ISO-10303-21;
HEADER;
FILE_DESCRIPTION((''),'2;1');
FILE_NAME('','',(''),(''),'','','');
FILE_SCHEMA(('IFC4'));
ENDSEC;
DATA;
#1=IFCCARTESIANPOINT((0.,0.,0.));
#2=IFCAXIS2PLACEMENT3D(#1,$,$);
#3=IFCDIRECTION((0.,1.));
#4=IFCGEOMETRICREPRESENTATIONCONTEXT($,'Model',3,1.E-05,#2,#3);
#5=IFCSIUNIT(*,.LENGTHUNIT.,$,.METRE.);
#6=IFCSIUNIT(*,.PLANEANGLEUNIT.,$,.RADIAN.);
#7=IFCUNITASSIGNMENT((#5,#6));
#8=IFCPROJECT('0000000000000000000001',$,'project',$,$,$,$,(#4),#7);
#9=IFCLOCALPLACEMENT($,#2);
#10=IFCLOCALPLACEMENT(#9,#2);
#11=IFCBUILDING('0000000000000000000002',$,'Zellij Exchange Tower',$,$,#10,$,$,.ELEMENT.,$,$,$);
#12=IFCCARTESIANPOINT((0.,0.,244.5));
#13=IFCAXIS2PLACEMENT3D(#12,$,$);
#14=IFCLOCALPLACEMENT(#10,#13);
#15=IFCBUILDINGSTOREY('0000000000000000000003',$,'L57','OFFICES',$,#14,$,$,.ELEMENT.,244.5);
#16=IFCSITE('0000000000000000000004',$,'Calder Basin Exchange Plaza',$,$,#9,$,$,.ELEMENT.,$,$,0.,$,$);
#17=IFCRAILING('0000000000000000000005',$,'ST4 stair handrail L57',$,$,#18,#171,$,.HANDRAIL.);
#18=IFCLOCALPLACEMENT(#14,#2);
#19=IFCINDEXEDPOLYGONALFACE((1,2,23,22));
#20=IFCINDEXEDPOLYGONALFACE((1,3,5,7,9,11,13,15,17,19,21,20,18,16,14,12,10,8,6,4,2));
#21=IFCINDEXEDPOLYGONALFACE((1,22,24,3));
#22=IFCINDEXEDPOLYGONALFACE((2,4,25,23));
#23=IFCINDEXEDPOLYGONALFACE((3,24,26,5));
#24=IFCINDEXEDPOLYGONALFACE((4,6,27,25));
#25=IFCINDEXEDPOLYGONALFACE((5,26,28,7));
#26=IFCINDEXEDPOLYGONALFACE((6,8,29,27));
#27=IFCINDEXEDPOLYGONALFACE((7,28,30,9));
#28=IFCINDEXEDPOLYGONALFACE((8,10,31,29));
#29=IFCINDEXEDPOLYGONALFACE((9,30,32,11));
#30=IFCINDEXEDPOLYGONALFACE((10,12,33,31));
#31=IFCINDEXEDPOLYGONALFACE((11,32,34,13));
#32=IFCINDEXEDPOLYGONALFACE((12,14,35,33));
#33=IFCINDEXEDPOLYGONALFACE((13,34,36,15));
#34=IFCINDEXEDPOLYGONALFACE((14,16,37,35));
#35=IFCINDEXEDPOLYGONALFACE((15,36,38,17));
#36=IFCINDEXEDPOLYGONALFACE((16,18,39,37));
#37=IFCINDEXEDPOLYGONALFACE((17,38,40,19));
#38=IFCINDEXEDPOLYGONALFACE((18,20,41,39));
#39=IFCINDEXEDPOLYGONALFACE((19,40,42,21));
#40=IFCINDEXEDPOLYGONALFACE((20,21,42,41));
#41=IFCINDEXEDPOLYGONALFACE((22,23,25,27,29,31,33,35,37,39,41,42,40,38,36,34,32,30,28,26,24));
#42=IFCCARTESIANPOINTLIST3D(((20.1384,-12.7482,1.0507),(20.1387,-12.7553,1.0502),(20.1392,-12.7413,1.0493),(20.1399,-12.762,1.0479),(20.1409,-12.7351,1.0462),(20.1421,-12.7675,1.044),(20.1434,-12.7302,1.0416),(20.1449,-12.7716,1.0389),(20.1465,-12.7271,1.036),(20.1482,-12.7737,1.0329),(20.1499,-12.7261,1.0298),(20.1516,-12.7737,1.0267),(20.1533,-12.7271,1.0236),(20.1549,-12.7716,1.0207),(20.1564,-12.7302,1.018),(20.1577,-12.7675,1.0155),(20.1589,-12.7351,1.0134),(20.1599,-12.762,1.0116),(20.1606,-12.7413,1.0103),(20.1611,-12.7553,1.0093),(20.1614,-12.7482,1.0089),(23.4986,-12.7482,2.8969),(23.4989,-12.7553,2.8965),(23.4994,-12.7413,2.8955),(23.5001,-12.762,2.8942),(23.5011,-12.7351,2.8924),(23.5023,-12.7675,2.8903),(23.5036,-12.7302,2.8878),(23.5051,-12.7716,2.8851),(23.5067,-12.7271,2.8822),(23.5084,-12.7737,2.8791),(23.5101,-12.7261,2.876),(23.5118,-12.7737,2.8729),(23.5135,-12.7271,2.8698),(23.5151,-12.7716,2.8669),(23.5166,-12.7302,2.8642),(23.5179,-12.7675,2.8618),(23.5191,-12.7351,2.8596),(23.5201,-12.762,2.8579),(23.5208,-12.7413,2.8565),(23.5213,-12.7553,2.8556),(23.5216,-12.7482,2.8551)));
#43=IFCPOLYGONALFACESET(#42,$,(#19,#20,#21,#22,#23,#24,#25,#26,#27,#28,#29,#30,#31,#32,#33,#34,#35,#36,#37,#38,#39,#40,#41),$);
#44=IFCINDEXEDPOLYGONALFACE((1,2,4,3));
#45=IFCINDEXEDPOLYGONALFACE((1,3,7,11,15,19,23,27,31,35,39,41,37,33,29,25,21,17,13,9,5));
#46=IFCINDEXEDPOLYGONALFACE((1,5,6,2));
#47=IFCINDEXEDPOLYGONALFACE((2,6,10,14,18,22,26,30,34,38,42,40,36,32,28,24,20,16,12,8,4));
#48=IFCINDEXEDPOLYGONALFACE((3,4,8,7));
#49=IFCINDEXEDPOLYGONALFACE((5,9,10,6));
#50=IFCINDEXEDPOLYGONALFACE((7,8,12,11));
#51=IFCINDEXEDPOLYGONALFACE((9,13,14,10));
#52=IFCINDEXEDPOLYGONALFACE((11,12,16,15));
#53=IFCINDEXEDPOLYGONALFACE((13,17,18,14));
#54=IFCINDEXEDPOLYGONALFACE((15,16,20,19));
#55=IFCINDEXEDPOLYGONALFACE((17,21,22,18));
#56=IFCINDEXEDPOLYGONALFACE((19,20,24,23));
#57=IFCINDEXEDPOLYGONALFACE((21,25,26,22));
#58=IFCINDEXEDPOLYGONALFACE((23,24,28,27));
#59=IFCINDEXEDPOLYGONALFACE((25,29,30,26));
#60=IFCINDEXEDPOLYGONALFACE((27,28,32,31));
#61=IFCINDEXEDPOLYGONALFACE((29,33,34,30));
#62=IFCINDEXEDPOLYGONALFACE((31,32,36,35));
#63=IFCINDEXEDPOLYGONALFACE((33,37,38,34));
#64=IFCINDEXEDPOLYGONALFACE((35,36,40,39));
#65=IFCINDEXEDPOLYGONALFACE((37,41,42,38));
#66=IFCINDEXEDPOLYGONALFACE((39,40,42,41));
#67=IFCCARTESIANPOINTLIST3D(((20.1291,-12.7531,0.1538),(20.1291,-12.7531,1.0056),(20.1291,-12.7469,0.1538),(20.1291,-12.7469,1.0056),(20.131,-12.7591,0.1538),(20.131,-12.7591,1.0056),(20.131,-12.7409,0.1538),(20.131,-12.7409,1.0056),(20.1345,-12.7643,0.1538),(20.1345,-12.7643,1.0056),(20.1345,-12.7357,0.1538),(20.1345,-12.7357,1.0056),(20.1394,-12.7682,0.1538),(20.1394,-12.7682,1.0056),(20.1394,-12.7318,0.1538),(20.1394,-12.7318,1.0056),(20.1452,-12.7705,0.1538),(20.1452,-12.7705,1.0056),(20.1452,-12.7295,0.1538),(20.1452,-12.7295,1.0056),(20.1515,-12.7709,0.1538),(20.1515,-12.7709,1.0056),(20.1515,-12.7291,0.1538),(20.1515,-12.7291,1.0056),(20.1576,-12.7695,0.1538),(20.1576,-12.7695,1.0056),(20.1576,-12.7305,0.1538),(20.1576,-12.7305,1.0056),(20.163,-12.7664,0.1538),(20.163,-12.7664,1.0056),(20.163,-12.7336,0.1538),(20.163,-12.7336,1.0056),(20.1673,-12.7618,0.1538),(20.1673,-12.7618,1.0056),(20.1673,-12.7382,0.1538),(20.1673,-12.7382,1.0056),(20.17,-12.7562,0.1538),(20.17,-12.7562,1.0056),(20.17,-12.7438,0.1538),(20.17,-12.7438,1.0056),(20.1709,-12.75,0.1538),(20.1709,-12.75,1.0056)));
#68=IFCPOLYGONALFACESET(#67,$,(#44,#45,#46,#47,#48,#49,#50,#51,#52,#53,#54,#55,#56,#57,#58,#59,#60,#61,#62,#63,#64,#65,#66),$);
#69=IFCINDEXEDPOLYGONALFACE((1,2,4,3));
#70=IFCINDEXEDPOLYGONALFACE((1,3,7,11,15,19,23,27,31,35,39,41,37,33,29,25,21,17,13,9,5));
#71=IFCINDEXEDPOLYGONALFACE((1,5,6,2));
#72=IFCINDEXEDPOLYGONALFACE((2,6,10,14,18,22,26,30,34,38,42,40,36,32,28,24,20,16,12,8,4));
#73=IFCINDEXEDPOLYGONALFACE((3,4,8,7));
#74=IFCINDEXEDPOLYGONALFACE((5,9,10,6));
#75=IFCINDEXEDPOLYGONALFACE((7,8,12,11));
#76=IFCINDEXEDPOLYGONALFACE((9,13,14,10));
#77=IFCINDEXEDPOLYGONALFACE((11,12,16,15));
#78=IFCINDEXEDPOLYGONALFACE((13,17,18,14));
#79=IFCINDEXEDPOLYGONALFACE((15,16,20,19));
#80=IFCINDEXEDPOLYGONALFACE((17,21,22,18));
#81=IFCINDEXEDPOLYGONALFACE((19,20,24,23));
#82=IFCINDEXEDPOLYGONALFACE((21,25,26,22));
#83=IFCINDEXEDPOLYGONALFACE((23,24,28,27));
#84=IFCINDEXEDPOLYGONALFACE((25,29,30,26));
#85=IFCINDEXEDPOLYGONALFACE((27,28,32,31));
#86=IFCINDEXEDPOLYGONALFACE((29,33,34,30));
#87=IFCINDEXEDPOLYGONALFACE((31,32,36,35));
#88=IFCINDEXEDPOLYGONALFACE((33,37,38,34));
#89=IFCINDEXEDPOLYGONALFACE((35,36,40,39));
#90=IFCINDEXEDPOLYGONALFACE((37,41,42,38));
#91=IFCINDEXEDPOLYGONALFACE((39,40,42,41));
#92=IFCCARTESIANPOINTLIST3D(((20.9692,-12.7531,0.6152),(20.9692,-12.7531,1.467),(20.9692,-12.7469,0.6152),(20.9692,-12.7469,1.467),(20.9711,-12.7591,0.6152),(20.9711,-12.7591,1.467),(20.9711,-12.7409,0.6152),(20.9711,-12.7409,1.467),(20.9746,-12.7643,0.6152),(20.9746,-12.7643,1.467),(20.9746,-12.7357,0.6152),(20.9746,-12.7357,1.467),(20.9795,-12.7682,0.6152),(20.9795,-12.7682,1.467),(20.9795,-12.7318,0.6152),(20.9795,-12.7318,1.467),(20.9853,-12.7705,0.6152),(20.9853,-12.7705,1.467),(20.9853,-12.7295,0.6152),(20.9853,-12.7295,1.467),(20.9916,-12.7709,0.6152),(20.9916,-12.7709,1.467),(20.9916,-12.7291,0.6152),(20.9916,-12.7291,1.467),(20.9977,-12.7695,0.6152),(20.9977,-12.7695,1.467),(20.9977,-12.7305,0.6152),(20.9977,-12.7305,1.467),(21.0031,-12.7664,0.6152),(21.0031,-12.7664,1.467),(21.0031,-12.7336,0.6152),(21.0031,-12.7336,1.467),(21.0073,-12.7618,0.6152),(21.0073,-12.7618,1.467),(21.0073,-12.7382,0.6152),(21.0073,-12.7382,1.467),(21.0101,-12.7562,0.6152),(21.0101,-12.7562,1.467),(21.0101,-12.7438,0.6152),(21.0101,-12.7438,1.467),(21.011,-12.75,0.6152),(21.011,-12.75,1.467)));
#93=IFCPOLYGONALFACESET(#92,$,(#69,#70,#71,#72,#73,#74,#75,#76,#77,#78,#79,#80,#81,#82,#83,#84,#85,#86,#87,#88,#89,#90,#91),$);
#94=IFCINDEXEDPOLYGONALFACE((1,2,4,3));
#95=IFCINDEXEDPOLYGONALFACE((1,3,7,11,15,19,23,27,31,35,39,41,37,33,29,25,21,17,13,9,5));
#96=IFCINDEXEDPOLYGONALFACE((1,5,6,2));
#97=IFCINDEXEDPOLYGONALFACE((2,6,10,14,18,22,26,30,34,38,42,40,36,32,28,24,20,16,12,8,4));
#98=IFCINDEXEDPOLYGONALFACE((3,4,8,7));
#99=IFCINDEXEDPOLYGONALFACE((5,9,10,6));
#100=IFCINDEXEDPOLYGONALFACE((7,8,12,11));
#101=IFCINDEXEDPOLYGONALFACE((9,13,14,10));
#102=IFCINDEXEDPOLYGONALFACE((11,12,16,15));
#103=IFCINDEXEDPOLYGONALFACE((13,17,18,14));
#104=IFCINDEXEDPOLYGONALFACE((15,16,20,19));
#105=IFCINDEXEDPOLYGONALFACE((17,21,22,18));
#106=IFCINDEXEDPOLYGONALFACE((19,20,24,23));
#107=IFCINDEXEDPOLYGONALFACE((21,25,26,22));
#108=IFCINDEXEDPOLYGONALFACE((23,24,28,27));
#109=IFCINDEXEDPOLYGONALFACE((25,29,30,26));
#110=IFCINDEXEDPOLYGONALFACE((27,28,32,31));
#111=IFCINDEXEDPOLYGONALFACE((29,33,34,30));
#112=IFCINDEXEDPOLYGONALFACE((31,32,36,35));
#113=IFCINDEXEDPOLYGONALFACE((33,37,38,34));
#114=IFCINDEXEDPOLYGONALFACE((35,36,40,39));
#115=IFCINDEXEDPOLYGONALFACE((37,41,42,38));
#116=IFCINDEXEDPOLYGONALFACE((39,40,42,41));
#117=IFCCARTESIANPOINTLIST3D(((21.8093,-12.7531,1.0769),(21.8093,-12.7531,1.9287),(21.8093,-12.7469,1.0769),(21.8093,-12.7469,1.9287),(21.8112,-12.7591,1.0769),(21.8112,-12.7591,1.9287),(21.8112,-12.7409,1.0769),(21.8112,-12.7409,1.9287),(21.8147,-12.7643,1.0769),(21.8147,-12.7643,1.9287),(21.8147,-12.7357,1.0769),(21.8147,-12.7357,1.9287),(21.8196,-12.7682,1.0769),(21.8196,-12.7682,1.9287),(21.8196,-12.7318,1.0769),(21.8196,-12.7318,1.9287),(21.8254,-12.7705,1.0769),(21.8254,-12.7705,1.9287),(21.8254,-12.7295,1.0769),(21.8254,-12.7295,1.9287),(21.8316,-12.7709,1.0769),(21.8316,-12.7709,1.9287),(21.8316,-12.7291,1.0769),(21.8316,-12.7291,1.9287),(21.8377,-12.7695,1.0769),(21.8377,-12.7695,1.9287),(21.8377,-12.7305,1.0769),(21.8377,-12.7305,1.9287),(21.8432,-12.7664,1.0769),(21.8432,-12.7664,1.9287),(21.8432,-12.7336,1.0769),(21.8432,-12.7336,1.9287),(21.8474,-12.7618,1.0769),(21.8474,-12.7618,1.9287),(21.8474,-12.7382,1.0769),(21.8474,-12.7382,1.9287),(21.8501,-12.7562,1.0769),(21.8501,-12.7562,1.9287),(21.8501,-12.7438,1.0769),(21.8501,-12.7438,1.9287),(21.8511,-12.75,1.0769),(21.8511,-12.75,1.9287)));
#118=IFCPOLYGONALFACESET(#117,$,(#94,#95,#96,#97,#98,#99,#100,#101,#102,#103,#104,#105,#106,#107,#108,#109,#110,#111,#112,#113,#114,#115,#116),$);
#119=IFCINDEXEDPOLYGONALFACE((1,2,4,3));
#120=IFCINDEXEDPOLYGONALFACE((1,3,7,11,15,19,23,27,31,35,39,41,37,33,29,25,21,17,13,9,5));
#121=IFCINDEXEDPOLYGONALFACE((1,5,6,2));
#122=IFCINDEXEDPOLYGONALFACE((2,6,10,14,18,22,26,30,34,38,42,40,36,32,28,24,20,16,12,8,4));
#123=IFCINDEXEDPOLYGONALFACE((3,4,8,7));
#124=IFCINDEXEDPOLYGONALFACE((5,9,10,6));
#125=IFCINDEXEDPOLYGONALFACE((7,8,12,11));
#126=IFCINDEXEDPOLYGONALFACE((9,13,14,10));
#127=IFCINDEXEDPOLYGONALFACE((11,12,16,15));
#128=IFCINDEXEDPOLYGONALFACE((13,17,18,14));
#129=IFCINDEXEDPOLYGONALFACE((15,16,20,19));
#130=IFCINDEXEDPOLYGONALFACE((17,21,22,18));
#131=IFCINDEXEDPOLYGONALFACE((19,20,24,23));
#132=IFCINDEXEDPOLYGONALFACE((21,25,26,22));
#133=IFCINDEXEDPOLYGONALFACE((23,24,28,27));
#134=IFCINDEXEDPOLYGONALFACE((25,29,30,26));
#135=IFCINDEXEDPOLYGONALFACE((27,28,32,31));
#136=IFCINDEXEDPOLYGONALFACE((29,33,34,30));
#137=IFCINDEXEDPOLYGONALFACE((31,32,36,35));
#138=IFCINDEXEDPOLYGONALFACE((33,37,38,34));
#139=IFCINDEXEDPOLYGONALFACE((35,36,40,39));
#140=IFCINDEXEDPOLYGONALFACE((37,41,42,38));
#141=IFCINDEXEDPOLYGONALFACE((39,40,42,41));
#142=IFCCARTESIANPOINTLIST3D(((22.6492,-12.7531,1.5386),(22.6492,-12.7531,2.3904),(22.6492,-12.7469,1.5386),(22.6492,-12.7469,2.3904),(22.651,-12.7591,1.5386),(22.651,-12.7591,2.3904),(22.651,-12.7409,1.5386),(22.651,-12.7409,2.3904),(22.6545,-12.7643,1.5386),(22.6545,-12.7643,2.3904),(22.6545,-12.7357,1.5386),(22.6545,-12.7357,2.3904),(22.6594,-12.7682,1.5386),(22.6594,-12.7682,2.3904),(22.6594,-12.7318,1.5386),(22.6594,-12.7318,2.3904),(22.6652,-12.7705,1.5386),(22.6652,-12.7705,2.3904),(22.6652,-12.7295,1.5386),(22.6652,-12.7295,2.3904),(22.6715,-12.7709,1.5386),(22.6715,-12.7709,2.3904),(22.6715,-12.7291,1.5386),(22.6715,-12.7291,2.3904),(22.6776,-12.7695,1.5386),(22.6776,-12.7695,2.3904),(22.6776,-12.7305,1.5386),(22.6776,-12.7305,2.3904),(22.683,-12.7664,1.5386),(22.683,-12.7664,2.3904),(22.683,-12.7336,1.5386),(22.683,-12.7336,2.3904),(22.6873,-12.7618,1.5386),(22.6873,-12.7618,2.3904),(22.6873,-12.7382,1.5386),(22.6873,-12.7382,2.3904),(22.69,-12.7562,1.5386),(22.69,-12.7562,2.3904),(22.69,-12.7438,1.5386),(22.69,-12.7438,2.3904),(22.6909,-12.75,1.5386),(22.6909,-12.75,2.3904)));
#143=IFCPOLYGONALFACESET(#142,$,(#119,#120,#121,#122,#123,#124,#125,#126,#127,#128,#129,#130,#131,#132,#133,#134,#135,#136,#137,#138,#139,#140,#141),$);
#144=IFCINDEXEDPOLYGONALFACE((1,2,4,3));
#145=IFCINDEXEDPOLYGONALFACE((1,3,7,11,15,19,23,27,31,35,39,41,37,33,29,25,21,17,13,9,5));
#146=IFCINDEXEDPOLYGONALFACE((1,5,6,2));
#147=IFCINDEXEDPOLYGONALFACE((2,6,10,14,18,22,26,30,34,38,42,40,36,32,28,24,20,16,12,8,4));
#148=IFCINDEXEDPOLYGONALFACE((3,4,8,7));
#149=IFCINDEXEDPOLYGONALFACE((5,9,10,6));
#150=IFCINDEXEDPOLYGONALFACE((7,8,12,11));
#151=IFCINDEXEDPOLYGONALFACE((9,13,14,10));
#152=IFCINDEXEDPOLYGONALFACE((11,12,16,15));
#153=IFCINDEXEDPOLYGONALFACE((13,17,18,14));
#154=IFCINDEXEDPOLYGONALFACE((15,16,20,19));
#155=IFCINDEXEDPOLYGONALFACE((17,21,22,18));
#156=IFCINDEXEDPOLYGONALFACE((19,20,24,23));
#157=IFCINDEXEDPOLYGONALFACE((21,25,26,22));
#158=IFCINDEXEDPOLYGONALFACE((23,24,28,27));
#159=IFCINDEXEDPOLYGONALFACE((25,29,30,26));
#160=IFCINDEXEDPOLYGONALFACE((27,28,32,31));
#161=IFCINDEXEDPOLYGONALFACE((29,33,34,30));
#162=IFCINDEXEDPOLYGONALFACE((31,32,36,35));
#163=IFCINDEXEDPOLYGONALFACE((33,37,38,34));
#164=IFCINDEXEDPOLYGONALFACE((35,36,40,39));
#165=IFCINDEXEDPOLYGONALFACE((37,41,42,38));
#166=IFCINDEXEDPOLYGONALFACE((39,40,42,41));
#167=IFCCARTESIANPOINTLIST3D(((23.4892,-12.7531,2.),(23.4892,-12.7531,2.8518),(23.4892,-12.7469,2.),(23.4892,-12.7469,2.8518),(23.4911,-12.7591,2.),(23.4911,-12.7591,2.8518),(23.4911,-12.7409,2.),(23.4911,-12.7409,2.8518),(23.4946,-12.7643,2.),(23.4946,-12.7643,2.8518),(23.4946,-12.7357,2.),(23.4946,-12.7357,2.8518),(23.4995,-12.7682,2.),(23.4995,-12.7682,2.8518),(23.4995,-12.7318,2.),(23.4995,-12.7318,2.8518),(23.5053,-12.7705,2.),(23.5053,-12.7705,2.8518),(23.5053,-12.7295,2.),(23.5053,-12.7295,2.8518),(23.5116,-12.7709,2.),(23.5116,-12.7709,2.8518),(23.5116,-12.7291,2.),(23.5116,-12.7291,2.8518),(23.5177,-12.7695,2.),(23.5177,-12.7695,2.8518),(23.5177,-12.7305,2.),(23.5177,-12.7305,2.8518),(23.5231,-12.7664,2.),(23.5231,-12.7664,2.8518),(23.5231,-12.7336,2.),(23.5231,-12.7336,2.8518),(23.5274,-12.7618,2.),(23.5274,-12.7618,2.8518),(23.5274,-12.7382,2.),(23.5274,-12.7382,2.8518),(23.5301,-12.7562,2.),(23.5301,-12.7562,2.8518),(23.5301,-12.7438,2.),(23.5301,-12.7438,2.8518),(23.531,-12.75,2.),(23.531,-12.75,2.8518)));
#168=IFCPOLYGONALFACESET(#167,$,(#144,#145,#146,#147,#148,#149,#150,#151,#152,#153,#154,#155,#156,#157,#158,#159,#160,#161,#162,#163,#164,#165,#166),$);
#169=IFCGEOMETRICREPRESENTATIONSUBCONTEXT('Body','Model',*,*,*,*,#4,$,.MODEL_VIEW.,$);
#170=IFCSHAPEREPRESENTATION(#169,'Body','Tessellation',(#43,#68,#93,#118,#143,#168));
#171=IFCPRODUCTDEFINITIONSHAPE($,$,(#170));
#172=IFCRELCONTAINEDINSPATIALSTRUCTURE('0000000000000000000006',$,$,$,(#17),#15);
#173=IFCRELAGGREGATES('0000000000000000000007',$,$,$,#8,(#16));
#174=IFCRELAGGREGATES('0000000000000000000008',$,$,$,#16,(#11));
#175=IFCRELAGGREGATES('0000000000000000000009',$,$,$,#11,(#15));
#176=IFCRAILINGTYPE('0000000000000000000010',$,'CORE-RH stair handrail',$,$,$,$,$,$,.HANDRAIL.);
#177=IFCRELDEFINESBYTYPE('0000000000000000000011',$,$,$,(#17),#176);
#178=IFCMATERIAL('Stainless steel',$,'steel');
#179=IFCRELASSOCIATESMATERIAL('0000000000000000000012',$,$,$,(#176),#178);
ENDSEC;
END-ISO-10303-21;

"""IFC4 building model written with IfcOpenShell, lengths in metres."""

from ifc_helpers import new_model, si_unit, direction, frame, origin, origin_2d, place, context, subcontext, project, spatial, circle, extrude, material, type_object, element, save


model = new_model("IFC4")

# Units and contexts
model_context = context("Model", 3, precision=1e-05, world=origin(), true_north=direction((0.0, 1.0)))
body_context = subcontext(model_context, "Body", "Model", "MODEL_VIEW")
ifc_project = project(units=[si_unit("LENGTHUNIT", "METRE"), si_unit("PLANEANGLEUNIT", "RADIAN")], contexts=[model_context])

# Site, building, storey
site_placement = place(None, origin())
site = spatial("IfcSite", under=ifc_project, at=site_placement, Name="Calder Basin Exchange Plaza", CompositionType="ELEMENT", RefElevation=0.0)
building_placement = place(site_placement, origin())
building = spatial("IfcBuilding", under=site, at=building_placement, Name="Zellij Exchange Tower", CompositionType="ELEMENT")
storey_placement = place(building_placement, frame((0.0, 0.0, 244.5)))
storey = spatial("IfcBuildingStorey", under=building, at=storey_placement, Name="L57", Description="OFFICES", CompositionType="ELEMENT", Elevation=244.5)

# Railing
ifc_material_1 = material(Name="Stainless steel", Category="steel")
railing_type_1 = type_object("IfcRailingType", Name="CORE-RH stair handrail", PredefinedType="HANDRAIL", material=ifc_material_1)
railing_1_placement = place(storey_placement, frame((20.1499, -12.75, 0.1538)))
element("IfcRailing", 1, at=railing_1_placement, inside=storey, type_object=railing_type_1, Name="ST4 stair handrail L57", PredefinedType="HANDRAIL", context=body_context, shape_type="SweptSolid", body=[
    extrude(circle(Radius=0.0239, at=origin_2d()), frame((0.0, 0.0, 0.876), z_axis=(0.876422, 0.0, 0.481545), x_axis=(0.0, 1.0, 0.0)), (0.0, 0.0, 1.0), 3.834),
    extrude(circle(Radius=0.021, at=origin_2d()), origin(), (0.0, 0.0, 1.0), 0.8518),
    extrude(circle(Radius=0.021, at=origin_2d()), frame((0.8401, 0.0, 0.4614)), (0.0, 0.0, 1.0), 0.8518),
    extrude(circle(Radius=0.021, at=origin_2d()), frame((1.6802, 0.0, 0.9231)), (0.0, 0.0, 1.0), 0.8518),
    extrude(circle(Radius=0.021, at=origin_2d()), frame((2.52, 0.0, 1.3848)), (0.0, 0.0, 1.0), 0.8518),
    extrude(circle(Radius=0.021, at=origin_2d()), frame((3.3601, 0.0, 1.8462)), (0.0, 0.0, 1.0), 0.8518),
])

save(model, "model.ifc")
